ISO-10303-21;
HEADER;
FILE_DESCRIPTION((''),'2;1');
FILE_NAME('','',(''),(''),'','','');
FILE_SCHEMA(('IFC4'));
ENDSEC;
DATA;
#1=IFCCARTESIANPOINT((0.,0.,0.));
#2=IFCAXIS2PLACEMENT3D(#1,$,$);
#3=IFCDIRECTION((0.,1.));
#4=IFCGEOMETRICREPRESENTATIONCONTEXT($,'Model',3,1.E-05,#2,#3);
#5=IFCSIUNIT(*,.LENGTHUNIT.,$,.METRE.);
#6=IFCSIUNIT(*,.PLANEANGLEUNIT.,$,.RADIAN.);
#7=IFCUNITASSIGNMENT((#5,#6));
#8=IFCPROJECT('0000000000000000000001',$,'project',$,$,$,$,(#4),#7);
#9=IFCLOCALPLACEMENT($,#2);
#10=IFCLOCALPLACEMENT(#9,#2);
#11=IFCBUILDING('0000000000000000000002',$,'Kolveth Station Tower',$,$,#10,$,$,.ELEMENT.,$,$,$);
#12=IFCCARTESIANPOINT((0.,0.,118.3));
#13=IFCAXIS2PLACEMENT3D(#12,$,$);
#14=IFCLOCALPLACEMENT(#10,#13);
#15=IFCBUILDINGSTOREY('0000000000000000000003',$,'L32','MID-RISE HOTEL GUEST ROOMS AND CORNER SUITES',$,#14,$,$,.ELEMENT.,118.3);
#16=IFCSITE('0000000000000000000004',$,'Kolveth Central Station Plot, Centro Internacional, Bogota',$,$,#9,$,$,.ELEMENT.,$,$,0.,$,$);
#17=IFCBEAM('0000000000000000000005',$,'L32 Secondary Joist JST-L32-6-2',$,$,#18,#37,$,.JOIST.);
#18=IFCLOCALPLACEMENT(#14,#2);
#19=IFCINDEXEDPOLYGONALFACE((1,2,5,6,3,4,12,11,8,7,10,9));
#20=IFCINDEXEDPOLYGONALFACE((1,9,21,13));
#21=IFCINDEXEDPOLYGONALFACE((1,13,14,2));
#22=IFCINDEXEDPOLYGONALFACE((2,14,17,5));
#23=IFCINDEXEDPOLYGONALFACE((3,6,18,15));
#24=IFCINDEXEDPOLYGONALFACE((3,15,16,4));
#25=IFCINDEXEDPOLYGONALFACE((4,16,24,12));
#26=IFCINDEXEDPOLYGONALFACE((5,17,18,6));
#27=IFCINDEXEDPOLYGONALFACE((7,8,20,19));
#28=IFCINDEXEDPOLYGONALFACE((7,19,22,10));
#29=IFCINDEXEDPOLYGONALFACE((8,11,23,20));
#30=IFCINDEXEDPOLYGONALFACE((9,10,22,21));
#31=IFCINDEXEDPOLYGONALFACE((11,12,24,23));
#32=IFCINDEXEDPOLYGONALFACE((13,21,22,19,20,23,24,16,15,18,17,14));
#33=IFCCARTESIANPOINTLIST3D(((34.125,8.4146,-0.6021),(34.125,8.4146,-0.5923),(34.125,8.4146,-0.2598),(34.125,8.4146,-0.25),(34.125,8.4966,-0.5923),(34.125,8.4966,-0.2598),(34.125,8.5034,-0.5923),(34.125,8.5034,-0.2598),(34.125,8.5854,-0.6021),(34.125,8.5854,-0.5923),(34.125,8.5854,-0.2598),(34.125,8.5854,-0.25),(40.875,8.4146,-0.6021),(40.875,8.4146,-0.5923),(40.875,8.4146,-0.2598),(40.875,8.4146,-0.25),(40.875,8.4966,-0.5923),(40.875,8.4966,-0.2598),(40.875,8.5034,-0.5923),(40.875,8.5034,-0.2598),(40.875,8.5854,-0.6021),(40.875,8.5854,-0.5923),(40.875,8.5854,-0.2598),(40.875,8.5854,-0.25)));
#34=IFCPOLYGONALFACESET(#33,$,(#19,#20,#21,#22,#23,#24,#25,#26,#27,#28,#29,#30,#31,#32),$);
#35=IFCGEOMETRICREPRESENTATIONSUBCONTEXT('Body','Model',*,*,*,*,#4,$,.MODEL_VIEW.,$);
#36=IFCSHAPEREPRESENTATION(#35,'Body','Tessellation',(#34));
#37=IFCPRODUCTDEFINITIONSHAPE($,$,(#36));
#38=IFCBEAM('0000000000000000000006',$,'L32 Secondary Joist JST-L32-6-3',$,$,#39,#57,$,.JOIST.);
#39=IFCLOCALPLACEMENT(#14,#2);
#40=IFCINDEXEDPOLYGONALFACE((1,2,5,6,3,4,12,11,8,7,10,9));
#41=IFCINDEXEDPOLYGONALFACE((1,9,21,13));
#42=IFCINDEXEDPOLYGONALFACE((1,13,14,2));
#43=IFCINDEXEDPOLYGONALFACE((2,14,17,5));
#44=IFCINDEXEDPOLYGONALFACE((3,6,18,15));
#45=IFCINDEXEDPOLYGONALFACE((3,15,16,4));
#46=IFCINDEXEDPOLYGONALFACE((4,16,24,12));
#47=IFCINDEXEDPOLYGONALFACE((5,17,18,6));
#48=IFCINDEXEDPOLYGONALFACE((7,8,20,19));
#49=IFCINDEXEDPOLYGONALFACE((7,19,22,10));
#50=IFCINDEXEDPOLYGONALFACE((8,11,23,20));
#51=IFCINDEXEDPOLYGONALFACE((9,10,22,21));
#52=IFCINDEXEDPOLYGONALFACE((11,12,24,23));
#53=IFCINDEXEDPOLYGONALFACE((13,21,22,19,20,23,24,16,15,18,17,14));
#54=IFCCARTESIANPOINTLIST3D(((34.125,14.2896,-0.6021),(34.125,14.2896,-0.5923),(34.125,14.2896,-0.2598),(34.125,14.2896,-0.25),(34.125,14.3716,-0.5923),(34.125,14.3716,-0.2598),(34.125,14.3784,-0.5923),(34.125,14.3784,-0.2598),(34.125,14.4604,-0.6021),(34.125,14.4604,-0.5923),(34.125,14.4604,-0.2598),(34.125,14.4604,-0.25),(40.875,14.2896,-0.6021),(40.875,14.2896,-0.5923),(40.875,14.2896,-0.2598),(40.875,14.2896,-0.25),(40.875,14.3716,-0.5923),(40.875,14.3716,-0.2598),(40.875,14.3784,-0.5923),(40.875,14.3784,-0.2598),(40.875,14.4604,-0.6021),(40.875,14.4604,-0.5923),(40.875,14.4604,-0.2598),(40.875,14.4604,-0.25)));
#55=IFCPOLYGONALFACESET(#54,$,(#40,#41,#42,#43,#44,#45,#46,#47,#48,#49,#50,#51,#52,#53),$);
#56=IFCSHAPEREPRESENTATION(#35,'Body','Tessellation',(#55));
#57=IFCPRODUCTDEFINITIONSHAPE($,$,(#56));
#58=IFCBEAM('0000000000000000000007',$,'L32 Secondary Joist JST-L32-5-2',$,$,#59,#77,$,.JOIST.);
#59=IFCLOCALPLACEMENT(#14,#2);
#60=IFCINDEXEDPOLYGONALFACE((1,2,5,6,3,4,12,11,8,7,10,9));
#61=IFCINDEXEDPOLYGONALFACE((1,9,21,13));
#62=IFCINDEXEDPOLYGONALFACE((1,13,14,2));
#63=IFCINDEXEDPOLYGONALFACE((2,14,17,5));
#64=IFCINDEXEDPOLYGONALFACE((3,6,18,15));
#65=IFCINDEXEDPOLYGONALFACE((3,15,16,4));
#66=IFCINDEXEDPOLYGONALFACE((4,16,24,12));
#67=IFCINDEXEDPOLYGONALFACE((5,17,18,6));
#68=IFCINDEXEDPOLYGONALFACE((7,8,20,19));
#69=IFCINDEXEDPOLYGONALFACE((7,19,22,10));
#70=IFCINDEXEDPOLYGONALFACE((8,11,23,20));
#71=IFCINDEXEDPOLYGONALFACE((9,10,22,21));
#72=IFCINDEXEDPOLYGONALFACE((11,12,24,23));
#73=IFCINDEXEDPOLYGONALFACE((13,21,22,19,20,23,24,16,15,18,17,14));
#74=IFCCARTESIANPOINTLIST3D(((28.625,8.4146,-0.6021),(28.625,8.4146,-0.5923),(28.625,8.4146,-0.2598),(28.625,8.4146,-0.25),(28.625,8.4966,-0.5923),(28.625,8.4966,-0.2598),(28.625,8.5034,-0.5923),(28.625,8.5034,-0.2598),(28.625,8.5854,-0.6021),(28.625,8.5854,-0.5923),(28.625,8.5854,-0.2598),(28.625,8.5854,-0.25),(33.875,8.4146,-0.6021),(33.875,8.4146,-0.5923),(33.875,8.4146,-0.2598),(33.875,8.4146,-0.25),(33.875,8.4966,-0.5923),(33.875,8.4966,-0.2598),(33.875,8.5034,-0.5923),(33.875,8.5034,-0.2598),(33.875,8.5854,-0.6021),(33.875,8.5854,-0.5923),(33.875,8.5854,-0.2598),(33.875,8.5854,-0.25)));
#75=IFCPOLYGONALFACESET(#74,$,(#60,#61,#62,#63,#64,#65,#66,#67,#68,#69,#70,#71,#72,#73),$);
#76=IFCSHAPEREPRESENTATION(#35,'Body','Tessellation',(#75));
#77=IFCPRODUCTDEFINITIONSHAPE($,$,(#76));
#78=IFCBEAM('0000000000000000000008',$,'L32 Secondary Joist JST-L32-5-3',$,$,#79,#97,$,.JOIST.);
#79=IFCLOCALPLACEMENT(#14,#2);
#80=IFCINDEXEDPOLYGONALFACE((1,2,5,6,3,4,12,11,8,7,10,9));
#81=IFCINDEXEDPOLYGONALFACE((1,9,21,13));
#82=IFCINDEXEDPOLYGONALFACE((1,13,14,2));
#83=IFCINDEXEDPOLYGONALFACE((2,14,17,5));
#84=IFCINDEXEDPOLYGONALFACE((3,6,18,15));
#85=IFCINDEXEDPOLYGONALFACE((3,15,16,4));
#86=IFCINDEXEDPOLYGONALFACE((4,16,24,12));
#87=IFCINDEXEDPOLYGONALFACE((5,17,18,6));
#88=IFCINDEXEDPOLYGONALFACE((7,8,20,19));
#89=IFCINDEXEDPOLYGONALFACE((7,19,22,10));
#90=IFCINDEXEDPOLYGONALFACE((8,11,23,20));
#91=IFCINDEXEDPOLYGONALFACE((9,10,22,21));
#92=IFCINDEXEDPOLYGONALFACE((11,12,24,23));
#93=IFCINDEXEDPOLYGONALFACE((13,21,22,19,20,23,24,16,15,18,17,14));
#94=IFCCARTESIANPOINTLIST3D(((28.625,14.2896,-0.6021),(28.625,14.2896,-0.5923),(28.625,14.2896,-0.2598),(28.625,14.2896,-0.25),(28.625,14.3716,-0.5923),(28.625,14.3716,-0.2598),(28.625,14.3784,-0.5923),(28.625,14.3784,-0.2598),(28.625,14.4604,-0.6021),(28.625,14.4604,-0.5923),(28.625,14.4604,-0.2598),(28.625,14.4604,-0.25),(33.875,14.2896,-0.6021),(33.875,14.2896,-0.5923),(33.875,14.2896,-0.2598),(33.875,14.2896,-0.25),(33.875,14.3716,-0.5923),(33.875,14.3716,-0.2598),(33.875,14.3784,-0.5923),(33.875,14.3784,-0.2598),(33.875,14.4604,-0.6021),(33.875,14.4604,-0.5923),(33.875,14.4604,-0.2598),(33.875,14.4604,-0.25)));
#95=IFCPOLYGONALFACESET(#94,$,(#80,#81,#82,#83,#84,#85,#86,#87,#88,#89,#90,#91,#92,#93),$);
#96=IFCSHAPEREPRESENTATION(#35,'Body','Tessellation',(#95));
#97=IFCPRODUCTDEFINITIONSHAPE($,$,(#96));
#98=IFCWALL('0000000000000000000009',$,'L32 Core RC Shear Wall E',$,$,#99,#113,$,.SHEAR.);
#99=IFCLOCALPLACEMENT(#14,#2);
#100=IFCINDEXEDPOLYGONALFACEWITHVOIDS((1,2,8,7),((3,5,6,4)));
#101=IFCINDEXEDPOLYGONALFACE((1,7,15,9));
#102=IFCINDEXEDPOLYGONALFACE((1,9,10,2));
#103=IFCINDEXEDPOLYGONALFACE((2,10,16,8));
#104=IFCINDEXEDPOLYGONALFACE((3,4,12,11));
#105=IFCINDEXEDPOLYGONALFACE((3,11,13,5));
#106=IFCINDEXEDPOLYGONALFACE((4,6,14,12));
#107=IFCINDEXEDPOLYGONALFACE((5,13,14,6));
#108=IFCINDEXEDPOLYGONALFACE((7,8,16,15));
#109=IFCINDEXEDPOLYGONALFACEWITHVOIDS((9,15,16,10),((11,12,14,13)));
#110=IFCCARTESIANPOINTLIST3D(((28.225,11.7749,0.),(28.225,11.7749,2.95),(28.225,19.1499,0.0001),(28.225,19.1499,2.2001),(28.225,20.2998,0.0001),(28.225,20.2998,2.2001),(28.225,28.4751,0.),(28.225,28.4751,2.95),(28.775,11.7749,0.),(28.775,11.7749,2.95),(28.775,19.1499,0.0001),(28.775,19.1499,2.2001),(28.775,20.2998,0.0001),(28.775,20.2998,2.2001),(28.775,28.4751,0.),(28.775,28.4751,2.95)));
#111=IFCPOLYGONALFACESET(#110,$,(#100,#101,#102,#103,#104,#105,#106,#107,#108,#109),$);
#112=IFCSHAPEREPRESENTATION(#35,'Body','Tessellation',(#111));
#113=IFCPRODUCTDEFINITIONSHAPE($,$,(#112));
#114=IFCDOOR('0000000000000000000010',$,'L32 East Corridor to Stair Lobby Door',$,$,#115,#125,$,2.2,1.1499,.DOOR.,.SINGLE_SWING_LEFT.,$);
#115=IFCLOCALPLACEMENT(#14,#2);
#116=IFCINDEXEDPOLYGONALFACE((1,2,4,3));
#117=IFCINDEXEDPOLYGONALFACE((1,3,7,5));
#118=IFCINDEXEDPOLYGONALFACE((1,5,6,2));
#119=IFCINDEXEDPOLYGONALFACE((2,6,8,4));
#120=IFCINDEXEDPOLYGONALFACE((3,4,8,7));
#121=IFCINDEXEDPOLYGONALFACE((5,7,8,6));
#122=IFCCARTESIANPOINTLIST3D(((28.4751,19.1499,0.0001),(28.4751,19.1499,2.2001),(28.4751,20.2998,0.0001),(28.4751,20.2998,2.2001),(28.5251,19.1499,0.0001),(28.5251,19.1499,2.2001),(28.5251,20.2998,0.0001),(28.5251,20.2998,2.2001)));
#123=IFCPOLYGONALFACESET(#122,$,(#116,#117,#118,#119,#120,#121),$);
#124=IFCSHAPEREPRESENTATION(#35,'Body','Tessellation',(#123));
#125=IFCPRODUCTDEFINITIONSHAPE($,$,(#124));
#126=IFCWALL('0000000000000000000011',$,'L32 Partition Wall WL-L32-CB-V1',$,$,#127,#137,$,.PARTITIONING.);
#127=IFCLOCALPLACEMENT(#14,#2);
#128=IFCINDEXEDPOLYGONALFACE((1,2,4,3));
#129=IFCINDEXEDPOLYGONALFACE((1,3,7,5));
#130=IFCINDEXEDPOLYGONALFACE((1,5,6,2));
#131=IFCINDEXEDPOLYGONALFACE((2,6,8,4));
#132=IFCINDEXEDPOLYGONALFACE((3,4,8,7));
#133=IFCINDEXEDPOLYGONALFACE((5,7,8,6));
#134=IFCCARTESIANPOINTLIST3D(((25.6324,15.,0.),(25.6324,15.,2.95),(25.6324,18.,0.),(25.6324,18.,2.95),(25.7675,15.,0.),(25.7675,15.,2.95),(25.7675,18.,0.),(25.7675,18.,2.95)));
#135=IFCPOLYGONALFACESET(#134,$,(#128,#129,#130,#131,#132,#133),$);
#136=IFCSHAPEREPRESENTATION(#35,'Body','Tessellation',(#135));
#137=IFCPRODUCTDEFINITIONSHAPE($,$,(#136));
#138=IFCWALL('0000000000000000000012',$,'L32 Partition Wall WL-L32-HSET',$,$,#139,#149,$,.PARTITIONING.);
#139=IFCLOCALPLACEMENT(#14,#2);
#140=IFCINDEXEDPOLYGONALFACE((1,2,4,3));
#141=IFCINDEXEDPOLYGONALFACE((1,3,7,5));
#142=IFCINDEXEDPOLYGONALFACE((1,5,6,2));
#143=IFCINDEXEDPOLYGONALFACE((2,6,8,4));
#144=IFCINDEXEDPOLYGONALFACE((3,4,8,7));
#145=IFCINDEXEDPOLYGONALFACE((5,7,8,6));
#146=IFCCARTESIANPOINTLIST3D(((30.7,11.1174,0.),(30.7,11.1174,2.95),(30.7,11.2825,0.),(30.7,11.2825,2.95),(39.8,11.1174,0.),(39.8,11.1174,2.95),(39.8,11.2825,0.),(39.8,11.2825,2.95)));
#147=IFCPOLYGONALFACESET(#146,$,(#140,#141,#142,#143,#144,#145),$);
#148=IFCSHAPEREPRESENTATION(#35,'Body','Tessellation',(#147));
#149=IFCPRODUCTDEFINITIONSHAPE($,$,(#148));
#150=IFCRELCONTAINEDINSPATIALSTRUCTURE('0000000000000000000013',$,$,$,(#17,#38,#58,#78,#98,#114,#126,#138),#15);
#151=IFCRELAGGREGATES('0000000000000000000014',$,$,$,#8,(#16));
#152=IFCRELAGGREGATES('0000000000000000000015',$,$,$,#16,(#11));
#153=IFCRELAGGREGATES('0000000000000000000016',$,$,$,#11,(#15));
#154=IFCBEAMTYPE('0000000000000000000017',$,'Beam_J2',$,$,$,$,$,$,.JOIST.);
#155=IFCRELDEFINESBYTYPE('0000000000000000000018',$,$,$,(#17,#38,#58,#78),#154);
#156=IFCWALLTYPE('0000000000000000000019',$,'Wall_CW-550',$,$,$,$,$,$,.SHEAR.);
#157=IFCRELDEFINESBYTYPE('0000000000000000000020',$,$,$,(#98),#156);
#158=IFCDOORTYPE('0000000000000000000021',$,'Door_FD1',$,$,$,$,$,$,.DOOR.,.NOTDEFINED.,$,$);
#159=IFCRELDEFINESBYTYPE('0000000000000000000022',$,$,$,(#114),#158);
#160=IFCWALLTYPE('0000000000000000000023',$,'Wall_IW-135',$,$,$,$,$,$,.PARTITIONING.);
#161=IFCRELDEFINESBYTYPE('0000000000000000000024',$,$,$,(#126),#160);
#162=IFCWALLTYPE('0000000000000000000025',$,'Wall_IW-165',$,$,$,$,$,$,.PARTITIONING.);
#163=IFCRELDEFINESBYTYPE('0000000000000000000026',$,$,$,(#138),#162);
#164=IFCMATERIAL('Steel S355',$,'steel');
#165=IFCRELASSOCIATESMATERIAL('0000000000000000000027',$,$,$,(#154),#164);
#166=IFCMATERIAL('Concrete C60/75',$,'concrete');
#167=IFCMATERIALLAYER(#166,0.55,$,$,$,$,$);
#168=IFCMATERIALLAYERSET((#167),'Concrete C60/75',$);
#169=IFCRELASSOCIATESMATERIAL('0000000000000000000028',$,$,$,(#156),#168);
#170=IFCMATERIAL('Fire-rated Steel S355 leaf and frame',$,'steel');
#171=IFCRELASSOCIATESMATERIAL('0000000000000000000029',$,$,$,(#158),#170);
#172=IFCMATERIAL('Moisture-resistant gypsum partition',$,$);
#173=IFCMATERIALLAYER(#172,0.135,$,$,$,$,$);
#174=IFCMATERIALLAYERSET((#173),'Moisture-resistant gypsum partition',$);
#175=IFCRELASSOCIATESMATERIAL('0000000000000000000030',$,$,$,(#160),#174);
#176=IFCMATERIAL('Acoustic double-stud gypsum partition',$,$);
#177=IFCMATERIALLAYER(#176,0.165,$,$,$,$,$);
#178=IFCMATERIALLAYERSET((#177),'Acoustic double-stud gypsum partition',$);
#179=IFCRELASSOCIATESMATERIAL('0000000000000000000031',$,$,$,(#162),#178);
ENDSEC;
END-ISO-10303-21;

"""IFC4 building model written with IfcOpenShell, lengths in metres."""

from ifc_helpers import new_model, si_unit, direction, frame, frame_2d, origin, origin_2d, place, context, subcontext, project, spatial, rectangle, i_section, extrude, source, transform, mapped, material, layer, layer_set, material_profile, profile_set, type_object, element, fill, save


model = new_model("IFC4")

# Units and contexts
model_context = context("Model", 3, precision=1e-05, world=origin(), true_north=direction((0.0, 1.0)))
body_context = subcontext(model_context, "Body", "Model", "MODEL_VIEW")
ifc_project = project(units=[si_unit("LENGTHUNIT", "METRE"), si_unit("PLANEANGLEUNIT", "RADIAN")], contexts=[model_context])

# Site, building, storey
site_placement = place(None, origin())
site = spatial("IfcSite", under=ifc_project, at=site_placement, Name="Kolveth Central Station Plot, Centro Internacional, Bogota", CompositionType="ELEMENT", RefElevation=0.0)
building_placement = place(site_placement, origin())
building = spatial("IfcBuilding", under=site, at=building_placement, Name="Kolveth Station Tower", CompositionType="ELEMENT")
storey_placement = place(building_placement, frame((0.0, 0.0, 118.3)))
storey = spatial("IfcBuildingStorey", under=building, at=storey_placement, Name="L32", Description="MID-RISE HOTEL GUEST ROOMS AND CORNER SUITES", CompositionType="ELEMENT", Elevation=118.3)

# Shared definitions
ifc_material_1 = material(Name="Steel S355", Category="steel")

# Beams
ifc_material_profile_1 = material_profile(ifc_material_1, i_section(OverallWidth=0.1709, OverallDepth=0.3521, WebThickness=0.0068, FlangeThickness=0.0098, at=origin_2d()), Name="W360x44")
ifc_profile_set_1 = profile_set([ifc_material_profile_1], Name="Steel S355")
beam_type_1 = type_object("IfcBeamType", Name="Beam_J2", PredefinedType="JOIST", material=ifc_profile_set_1)
shared_shape_1 = source(origin(), body_context, "Body", "SweptSolid", [
    extrude(i_section(OverallWidth=0.1709, OverallDepth=0.3521, WebThickness=0.0068, FlangeThickness=0.0098, at=origin_2d()), origin(), (0.0, 0.0, 1.0), 6.75),
])
for number, where, z_axis, x_axis, name in (
    (1, (34.125, 8.5, -0.426), (1.0, 0.0, 0.0), (0.0, 1.0, 0.0), "L32 Secondary Joist JST-L32-6-2"),
    (2, (34.125, 14.375, -0.426), (1.0, 0.0, 0.0), (0.0, 1.0, 0.0), "L32 Secondary Joist JST-L32-6-3"),
):
    element("IfcBeam", number, at=place(storey_placement, frame(where, z_axis=z_axis, x_axis=x_axis)), inside=storey, type_object=beam_type_1, Name=name, PredefinedType="JOIST", context=body_context, shape_type="MappedRepresentation", body=[
        mapped(shared_shape_1, transform((0.0, 0.0, 0.0), x_axis=(1.0, 0.0, 0.0), y_axis=(0.0, 1.0, 0.0), z_axis=(0.0, 0.0, 1.0), scale=1.0)),
    ])
shared_shape_2 = source(origin(), body_context, "Body", "SweptSolid", [
    extrude(i_section(OverallWidth=0.1709, OverallDepth=0.3521, WebThickness=0.0068, FlangeThickness=0.0098, at=origin_2d()), origin(), (0.0, 0.0, 1.0), 5.25),
])
for number, where, z_axis, x_axis, name in (
    (3, (28.625, 8.5, -0.426), (1.0, 0.0, 0.0), (0.0, 1.0, 0.0), "L32 Secondary Joist JST-L32-5-2"),
    (4, (28.625, 14.375, -0.426), (1.0, 0.0, 0.0), (0.0, 1.0, 0.0), "L32 Secondary Joist JST-L32-5-3"),
):
    element("IfcBeam", number, at=place(storey_placement, frame(where, z_axis=z_axis, x_axis=x_axis)), inside=storey, type_object=beam_type_1, Name=name, PredefinedType="JOIST", context=body_context, shape_type="MappedRepresentation", body=[
        mapped(shared_shape_2, transform((0.0, 0.0, 0.0), x_axis=(1.0, 0.0, 0.0), y_axis=(0.0, 1.0, 0.0), z_axis=(0.0, 0.0, 1.0), scale=1.0)),
    ])

# Wall, opening, door
ifc_material_2 = material(Name="Concrete C60/75", Category="concrete")
ifc_layer_1 = layer(ifc_material_2, 0.55)
ifc_layer_set_1 = layer_set([ifc_layer_1], Name="Concrete C60/75")
wall_type_1 = type_object("IfcWallType", Name="Wall_CW-550", PredefinedType="SHEAR", material=ifc_layer_set_1)
wall_1_placement = place(storey_placement, frame((28.5, 11.7749, 0.0), z_axis=(0.0, 0.0, 1.0), x_axis=(0.0, 1.0, 0.0)))
wall_1 = element("IfcWall", 5, at=wall_1_placement, inside=storey, type_object=wall_type_1, Name="L32 Core RC Shear Wall E", PredefinedType="SHEAR", context=body_context, shape_type="SweptSolid", body=[
    extrude(rectangle(XDim=16.7002, YDim=0.55, at=frame_2d((8.3501, 0.0))), origin(), (0.0, 0.0, 1.0), 2.95),
])
opening_1_placement = place(wall_1_placement, frame((7.375, 0.0, 0.0)))
opening_1 = element("IfcOpeningElement", 6, at=opening_1_placement, cuts=wall_1, PredefinedType="OPENING", context=body_context, shape_type="SweptSolid", body=[
    extrude(rectangle(XDim=1.1499, YDim=2.2, at=frame_2d((0.575, 1.1001))), frame((0.0, 0.2849, 0.0), z_axis=(0.0, -1.0, 0.0), x_axis=(1.0, 0.0, 0.0)), (0.0, 0.0, 1.0), 0.5701),
])
ifc_material_3 = material(Name="Fire-rated Steel S355 leaf and frame", Category="steel")
door_type_1 = type_object("IfcDoorType", Name="Door_FD1", OperationType="NOTDEFINED", PredefinedType="DOOR", material=ifc_material_3)
door_1_placement = place(opening_1_placement, origin())
door_1 = element("IfcDoor", 7, at=door_1_placement, inside=storey, type_object=door_type_1, Name="L32 East Corridor to Stair Lobby Door", OperationType="SINGLE_SWING_LEFT", OverallHeight=2.2, OverallWidth=1.1499, PredefinedType="DOOR", context=body_context, shape_type="SweptSolid", body=[
    extrude(rectangle(XDim=1.1499, YDim=2.2, at=frame_2d((0.575, 1.1001))), frame((0.0, 0.0249, 0.0), z_axis=(0.0, -1.0, 0.0), x_axis=(1.0, 0.0, 0.0)), (0.0, 0.0, 1.0), 0.05),
])
fill(opening_1, door_1)

# Walls
ifc_material_4 = material(Name="Moisture-resistant gypsum partition")
ifc_layer_2 = layer(ifc_material_4, 0.135)
ifc_layer_set_2 = layer_set([ifc_layer_2], Name="Moisture-resistant gypsum partition")
wall_type_2 = type_object("IfcWallType", Name="Wall_IW-135", PredefinedType="PARTITIONING", material=ifc_layer_set_2)
wall_2_placement = place(storey_placement, frame((25.7, 15.0, 0.0), z_axis=(0.0, 0.0, 1.0), x_axis=(0.0, 1.0, 0.0)))
element("IfcWall", 8, at=wall_2_placement, inside=storey, type_object=wall_type_2, Name="L32 Partition Wall WL-L32-CB-V1", PredefinedType="PARTITIONING", context=body_context, shape_type="SweptSolid", body=[
    extrude(rectangle(XDim=3.0, YDim=0.135, at=frame_2d((1.5, 0.0))), origin(), (0.0, 0.0, 1.0), 2.95),
])
ifc_material_5 = material(Name="Acoustic double-stud gypsum partition")
ifc_layer_3 = layer(ifc_material_5, 0.165)
ifc_layer_set_3 = layer_set([ifc_layer_3], Name="Acoustic double-stud gypsum partition")
wall_type_3 = type_object("IfcWallType", Name="Wall_IW-165", PredefinedType="PARTITIONING", material=ifc_layer_set_3)
wall_3_placement = place(storey_placement, frame((30.7, 11.2, 0.0), z_axis=(0.0, 0.0, 1.0), x_axis=(1.0, 0.0, 0.0)))
element("IfcWall", 9, at=wall_3_placement, inside=storey, type_object=wall_type_3, Name="L32 Partition Wall WL-L32-HSET", PredefinedType="PARTITIONING", context=body_context, shape_type="SweptSolid", body=[
    extrude(rectangle(XDim=9.1001, YDim=0.165, at=frame_2d((4.55, 0.0))), origin(), (0.0, 0.0, 1.0), 2.95),
])

save(model, "model.ifc")
